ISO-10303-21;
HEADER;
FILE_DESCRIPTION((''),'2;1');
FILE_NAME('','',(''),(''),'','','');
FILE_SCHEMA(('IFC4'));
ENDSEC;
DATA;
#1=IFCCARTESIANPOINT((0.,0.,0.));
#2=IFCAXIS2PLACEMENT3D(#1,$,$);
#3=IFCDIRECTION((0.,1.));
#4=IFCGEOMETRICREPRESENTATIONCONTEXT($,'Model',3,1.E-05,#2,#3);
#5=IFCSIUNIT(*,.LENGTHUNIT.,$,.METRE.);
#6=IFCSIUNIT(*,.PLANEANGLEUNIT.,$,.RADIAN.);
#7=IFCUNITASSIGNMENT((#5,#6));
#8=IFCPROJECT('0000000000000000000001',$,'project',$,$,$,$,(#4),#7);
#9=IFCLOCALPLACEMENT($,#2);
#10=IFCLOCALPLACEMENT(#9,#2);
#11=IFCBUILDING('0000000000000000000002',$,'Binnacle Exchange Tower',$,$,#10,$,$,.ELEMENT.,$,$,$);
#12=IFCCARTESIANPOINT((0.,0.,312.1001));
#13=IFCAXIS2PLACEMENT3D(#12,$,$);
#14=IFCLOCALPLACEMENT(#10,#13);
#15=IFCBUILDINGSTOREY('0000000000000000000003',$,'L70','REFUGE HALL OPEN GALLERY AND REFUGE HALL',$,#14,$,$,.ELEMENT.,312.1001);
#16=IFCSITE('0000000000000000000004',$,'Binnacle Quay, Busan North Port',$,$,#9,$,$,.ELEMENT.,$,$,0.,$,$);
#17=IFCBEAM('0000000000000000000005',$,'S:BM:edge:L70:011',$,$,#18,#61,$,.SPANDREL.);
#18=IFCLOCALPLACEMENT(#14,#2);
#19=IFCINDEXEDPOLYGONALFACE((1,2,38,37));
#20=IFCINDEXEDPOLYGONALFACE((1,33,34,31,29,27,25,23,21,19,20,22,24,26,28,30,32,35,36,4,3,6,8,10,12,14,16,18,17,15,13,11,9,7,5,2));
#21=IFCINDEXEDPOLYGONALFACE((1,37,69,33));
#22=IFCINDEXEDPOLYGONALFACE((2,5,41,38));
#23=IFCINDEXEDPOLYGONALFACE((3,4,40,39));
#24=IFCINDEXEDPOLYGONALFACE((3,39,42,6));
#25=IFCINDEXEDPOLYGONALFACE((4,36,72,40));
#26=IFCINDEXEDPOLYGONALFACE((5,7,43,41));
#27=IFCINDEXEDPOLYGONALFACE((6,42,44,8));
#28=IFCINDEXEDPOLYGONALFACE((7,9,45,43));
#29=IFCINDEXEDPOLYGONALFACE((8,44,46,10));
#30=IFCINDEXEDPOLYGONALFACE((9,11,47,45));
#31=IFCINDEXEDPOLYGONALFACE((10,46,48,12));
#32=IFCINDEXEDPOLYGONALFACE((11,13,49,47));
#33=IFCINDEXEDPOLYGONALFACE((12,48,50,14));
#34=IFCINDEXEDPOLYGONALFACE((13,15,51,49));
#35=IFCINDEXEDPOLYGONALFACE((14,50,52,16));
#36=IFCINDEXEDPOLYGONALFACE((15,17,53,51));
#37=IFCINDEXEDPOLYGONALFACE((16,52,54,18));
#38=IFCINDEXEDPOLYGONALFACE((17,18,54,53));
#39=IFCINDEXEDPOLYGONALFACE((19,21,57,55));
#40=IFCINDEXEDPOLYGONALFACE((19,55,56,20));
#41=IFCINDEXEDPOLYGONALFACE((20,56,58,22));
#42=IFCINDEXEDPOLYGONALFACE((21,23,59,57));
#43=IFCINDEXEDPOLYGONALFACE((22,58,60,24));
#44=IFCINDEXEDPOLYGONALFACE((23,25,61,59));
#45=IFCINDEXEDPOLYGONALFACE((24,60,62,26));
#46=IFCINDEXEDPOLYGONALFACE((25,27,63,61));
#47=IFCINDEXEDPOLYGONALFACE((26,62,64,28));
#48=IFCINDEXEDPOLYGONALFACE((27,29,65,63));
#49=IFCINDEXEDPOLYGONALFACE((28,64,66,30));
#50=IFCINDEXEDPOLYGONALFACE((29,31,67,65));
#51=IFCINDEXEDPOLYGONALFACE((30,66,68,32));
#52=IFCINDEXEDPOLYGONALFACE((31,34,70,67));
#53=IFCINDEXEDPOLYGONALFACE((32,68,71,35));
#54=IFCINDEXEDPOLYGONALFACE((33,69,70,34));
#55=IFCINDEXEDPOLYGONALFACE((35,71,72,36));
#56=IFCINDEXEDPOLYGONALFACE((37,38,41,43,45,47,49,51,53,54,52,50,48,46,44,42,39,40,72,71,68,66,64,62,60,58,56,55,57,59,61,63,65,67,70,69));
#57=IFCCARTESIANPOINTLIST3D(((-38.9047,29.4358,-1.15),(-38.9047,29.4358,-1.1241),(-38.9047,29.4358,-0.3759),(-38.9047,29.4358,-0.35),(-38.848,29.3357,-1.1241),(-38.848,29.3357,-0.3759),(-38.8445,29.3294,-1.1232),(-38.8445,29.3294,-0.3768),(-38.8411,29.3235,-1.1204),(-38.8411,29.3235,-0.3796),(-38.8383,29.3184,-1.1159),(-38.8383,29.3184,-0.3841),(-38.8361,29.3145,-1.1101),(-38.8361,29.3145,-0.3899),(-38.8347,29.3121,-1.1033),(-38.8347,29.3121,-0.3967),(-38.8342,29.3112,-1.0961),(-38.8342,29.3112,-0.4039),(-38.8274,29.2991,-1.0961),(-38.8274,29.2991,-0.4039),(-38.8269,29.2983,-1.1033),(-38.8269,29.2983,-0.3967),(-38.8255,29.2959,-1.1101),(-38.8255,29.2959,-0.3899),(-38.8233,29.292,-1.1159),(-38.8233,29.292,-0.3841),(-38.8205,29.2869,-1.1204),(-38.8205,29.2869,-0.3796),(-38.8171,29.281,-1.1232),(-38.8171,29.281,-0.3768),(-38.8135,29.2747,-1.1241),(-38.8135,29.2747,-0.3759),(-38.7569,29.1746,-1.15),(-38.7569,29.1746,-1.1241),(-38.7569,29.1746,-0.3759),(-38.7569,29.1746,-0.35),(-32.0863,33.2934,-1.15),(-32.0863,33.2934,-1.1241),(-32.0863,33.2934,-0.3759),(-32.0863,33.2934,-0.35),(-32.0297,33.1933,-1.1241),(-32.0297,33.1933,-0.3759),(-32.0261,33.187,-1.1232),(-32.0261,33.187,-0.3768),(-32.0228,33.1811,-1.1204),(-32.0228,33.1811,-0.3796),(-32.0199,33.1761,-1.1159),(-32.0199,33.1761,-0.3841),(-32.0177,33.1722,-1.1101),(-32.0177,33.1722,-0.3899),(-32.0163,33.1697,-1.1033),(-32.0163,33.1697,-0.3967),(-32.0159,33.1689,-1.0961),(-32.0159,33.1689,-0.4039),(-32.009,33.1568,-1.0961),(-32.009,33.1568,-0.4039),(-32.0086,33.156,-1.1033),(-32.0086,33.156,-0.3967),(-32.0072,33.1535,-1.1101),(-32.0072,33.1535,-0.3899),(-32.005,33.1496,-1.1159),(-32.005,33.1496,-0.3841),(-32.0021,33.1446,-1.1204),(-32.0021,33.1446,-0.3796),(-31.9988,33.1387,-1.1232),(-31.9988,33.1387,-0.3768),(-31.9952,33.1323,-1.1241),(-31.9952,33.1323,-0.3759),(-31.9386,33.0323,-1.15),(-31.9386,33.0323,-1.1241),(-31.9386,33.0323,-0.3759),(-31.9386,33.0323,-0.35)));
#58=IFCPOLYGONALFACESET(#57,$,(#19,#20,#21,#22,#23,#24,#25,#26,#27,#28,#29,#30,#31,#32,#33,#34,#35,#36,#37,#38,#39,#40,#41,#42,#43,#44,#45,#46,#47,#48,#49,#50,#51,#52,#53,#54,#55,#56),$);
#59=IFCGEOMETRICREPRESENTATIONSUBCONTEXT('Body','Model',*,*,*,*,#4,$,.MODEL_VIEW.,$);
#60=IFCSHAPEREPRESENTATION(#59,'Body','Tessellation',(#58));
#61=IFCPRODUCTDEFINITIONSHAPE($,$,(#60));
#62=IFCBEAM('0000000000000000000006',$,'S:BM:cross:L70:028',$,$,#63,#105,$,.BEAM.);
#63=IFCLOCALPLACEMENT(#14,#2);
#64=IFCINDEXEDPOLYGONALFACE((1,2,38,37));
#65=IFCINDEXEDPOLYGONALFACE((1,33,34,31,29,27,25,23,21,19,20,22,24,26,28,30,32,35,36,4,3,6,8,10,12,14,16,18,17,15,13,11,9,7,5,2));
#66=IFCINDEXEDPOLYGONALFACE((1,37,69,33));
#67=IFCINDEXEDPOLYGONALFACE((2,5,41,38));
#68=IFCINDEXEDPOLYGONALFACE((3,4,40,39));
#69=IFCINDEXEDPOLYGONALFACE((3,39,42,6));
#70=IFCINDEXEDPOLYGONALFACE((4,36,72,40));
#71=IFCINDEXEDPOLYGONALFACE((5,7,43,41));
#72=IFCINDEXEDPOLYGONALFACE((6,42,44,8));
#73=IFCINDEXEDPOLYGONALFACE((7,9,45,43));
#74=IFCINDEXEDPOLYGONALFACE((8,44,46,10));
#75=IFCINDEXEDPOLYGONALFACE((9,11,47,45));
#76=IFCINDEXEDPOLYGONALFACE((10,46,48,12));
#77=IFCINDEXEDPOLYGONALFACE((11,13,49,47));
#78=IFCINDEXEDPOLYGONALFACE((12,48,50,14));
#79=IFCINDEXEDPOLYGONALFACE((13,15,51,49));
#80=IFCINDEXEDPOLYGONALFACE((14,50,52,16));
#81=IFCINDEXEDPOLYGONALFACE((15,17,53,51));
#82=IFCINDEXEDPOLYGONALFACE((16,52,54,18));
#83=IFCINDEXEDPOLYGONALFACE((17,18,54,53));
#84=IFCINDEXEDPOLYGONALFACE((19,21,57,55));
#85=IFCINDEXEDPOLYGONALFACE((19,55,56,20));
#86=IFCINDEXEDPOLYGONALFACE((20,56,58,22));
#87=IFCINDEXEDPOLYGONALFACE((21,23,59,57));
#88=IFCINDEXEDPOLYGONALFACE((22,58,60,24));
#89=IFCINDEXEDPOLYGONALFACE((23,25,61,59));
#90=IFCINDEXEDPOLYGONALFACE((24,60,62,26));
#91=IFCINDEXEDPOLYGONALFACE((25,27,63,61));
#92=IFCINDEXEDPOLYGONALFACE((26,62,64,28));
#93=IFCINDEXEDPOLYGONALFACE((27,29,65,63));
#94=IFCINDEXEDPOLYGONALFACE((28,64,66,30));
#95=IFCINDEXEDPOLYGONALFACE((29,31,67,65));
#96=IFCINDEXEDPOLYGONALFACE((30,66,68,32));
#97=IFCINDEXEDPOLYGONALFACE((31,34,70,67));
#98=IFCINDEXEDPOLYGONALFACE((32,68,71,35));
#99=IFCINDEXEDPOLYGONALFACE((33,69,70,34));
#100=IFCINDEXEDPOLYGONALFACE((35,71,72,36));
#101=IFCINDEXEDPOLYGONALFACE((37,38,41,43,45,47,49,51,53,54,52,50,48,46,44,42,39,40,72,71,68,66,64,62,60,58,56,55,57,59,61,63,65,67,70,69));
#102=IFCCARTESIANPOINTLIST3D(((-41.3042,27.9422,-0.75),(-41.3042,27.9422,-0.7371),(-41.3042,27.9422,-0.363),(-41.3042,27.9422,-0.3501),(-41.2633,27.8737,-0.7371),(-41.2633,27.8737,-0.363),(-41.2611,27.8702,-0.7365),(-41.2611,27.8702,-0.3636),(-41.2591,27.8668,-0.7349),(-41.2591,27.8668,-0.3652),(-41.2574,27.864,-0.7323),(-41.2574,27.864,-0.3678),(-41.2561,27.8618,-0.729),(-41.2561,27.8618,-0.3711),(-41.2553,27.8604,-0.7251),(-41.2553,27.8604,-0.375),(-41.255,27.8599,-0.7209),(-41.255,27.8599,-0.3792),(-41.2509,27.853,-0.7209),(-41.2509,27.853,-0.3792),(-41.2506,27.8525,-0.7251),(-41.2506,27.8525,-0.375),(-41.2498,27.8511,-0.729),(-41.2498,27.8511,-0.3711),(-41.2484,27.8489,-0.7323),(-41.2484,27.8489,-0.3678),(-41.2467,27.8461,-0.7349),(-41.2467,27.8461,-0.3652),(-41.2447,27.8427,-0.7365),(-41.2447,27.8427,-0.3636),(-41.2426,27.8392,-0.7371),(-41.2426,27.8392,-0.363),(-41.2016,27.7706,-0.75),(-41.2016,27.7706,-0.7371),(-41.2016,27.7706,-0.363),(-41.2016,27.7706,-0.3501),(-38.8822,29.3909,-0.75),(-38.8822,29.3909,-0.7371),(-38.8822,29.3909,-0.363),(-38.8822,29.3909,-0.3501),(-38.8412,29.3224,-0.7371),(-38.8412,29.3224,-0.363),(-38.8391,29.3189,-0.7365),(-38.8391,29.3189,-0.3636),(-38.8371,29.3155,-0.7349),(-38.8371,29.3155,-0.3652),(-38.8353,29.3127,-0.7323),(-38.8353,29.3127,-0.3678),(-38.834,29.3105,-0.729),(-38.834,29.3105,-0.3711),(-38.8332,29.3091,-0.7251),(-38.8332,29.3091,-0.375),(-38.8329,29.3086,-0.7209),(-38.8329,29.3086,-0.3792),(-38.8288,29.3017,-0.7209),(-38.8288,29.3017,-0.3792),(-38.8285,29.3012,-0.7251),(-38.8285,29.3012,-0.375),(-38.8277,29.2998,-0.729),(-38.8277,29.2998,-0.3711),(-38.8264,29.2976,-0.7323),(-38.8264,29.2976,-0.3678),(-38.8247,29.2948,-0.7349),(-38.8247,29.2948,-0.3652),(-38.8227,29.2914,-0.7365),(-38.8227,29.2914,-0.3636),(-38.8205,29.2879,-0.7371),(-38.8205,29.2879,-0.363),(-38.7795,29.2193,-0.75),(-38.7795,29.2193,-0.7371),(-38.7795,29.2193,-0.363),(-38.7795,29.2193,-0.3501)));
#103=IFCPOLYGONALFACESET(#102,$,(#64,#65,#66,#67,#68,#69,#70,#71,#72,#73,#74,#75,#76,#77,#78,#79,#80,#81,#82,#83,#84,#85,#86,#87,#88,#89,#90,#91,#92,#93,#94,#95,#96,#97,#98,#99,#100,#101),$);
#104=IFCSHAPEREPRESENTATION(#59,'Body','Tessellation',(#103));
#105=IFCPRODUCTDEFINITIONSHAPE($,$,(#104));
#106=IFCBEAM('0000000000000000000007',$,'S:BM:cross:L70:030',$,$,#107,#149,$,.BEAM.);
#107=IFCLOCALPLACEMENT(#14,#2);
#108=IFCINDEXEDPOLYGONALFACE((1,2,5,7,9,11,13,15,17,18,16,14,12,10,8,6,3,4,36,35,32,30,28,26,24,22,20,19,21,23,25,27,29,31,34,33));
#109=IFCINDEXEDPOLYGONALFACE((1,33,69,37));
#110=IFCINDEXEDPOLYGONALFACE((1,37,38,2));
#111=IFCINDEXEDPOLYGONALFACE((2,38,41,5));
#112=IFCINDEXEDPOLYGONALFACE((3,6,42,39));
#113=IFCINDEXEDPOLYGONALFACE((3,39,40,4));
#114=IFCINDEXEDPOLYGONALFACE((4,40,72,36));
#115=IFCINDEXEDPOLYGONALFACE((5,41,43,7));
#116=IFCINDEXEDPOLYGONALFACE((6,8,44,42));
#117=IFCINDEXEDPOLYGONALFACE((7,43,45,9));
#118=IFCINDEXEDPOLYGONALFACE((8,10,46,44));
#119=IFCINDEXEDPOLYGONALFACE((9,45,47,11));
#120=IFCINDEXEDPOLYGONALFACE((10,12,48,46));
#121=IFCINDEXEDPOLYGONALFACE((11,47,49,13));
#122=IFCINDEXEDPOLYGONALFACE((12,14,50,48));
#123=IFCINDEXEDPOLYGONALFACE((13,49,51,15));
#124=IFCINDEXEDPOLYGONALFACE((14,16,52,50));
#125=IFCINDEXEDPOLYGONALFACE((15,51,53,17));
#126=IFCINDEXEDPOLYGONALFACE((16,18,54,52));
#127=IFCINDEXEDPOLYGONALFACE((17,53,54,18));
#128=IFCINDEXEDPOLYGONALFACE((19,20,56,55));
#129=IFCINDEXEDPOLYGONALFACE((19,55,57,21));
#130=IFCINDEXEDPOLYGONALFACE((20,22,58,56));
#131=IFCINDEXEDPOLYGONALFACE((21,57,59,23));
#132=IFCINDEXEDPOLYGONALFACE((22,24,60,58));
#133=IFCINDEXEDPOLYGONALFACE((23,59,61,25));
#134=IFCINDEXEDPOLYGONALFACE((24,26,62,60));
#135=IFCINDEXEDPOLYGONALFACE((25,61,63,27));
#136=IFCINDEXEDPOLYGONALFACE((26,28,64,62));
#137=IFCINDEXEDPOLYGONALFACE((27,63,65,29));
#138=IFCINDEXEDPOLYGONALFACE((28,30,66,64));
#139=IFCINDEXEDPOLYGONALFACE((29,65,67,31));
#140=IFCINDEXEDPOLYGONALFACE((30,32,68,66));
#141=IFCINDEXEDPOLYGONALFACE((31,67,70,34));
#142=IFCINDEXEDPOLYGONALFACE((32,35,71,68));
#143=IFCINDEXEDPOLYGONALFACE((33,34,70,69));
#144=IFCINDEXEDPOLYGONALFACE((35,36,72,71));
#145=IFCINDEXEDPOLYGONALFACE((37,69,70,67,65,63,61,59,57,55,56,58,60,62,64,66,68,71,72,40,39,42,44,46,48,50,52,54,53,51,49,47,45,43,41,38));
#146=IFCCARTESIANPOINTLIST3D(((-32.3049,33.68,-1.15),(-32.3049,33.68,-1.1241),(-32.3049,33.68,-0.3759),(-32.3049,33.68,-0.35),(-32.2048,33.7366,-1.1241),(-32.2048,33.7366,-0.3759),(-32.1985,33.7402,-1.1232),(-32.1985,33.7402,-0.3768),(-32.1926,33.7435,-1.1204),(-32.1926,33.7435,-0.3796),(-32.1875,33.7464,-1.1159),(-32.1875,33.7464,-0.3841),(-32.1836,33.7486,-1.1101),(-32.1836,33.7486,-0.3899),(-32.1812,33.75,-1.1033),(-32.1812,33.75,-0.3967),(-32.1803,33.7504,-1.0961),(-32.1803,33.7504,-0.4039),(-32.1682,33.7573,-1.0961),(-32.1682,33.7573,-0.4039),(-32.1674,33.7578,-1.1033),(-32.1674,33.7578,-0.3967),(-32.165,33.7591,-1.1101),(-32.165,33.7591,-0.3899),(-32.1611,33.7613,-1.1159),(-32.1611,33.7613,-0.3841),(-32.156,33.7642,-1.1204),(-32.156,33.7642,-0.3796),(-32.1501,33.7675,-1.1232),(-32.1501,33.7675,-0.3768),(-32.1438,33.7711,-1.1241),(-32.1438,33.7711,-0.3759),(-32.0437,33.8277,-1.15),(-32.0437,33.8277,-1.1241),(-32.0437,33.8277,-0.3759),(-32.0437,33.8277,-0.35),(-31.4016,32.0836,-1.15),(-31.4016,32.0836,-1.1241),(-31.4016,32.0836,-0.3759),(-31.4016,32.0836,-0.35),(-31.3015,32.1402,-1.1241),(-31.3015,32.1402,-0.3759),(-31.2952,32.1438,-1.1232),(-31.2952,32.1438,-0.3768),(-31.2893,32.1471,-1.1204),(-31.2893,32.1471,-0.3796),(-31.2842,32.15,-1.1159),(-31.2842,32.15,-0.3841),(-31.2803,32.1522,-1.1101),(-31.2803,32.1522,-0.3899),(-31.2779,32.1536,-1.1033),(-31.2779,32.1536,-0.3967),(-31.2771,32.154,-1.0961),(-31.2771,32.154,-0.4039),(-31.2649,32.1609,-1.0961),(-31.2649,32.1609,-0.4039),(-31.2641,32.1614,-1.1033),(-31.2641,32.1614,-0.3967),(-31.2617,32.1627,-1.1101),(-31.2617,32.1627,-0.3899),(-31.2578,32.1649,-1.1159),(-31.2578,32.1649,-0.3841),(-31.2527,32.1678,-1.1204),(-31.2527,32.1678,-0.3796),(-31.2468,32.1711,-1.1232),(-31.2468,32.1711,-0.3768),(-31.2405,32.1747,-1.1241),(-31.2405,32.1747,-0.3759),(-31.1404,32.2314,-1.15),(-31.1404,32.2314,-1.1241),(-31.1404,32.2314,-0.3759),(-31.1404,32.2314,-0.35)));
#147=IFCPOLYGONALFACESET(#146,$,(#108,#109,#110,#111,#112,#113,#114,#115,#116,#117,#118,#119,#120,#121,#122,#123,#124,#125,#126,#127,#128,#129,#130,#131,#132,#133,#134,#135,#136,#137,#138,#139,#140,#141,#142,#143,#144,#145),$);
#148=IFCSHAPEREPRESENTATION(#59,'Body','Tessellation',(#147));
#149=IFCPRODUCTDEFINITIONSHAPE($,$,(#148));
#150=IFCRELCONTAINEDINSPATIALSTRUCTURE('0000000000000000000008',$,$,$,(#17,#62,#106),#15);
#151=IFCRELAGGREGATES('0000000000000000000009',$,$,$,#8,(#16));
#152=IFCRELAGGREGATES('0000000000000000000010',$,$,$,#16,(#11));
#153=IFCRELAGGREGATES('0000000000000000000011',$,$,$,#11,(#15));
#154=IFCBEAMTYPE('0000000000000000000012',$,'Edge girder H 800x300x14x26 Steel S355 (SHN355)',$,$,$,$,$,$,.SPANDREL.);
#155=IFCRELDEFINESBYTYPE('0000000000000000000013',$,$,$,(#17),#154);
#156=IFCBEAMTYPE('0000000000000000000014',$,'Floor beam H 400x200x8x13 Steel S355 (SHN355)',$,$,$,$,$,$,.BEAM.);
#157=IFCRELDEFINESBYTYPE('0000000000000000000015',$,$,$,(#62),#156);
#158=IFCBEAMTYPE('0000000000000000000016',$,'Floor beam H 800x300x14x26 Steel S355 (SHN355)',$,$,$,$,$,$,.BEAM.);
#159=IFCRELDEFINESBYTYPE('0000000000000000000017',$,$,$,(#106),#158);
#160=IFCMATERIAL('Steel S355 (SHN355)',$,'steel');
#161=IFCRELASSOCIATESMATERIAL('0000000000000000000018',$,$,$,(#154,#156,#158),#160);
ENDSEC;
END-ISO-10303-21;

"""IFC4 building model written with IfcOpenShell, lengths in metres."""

from ifc_helpers import new_model, si_unit, direction, frame, origin, origin_2d, place, context, subcontext, project, spatial, i_section, extrude, material, material_profile, profile_set, type_object, element, save


model = new_model("IFC4")

# Units and contexts
model_context = context("Model", 3, precision=1e-05, world=origin(), true_north=direction((0.0, 1.0)))
body_context = subcontext(model_context, "Body", "Model", "MODEL_VIEW")
ifc_project = project(units=[si_unit("LENGTHUNIT", "METRE"), si_unit("PLANEANGLEUNIT", "RADIAN")], contexts=[model_context])

# Site, building, storey
site_placement = place(None, origin())
site = spatial("IfcSite", under=ifc_project, at=site_placement, Name="Binnacle Quay, Busan North Port", CompositionType="ELEMENT", RefElevation=0.0)
building_placement = place(site_placement, origin())
building = spatial("IfcBuilding", under=site, at=building_placement, Name="Binnacle Exchange Tower", CompositionType="ELEMENT")
storey_placement = place(building_placement, frame((0.0, 0.0, 312.1001)))
storey = spatial("IfcBuildingStorey", under=building, at=storey_placement, Name="L70", Description="REFUGE HALL OPEN GALLERY AND REFUGE HALL", CompositionType="ELEMENT", Elevation=312.1001)

# Shared definitions
ifc_material_1 = material(Name="Steel S355 (SHN355)", Category="steel")

# Beams
ifc_material_profile_1 = material_profile(ifc_material_1, i_section(OverallWidth=0.3, OverallDepth=0.8, WebThickness=0.0139, FlangeThickness=0.0259, FilletRadius=0.0281, at=origin_2d()), Name="H 800x300x14x26")
ifc_profile_set_1 = profile_set([ifc_material_profile_1], Name="Steel S355 (SHN355)")
beam_type_1 = type_object("IfcBeamType", Name="Edge girder H 800x300x14x26 Steel S355 (SHN355)", PredefinedType="SPANDREL", material=ifc_profile_set_1)
beam_1_placement = place(storey_placement, frame((-32.0125, 33.1628, -0.75), z_axis=(-0.870354, -0.492426, 0.0), x_axis=(0.492426, -0.870354, 0.0)))
element("IfcBeam", 1, at=beam_1_placement, inside=storey, type_object=beam_type_1, Name="S:BM:edge:L70:011", PredefinedType="SPANDREL", context=body_context, shape_type="SweptSolid", body=[
    extrude(i_section(OverallWidth=0.3, OverallDepth=0.8, WebThickness=0.0139, FlangeThickness=0.0259, FilletRadius=0.0281, at=origin_2d()), origin(), (0.0, 0.0, 1.0), 7.834),
])
ifc_material_profile_2 = material_profile(ifc_material_1, i_section(OverallWidth=0.2, OverallDepth=0.3999, WebThickness=0.0081, FlangeThickness=0.0129, FilletRadius=0.0161, at=origin_2d()), Name="H 400x200x8x13")
ifc_profile_set_2 = profile_set([ifc_material_profile_2], Name="Steel S355 (SHN355)")
beam_type_2 = type_object("IfcBeamType", Name="Floor beam H 400x200x8x13 Steel S355 (SHN355)", PredefinedType="BEAM", material=ifc_profile_set_2)
beam_2_placement = place(storey_placement, frame((-41.2529, 27.8564, -0.55), z_axis=(0.858202, 0.513312, 0.0), x_axis=(-0.513312, 0.858202, 0.0)))
element("IfcBeam", 2, at=beam_2_placement, inside=storey, type_object=beam_type_2, Name="S:BM:cross:L70:028", PredefinedType="BEAM", context=body_context, shape_type="SweptSolid", body=[
    extrude(i_section(OverallWidth=0.2, OverallDepth=0.3999, WebThickness=0.0081, FlangeThickness=0.0129, FilletRadius=0.0161, at=origin_2d()), origin(), (0.0, 0.0, 1.0), 2.8223),
])
ifc_material_profile_3 = material_profile(ifc_material_1, i_section(OverallWidth=0.3, OverallDepth=0.8, WebThickness=0.0139, FlangeThickness=0.0259, FilletRadius=0.0281, at=origin_2d()), Name="H 800x300x14x26")
ifc_profile_set_3 = profile_set([ifc_material_profile_3], Name="Steel S355 (SHN355)")
beam_type_3 = type_object("IfcBeamType", Name="Floor beam H 800x300x14x26 Steel S355 (SHN355)", PredefinedType="BEAM", material=ifc_profile_set_3)
beam_3_placement = place(storey_placement, frame((-31.271, 32.1575, -0.75), z_axis=(-0.492465, 0.870332, 0.0), x_axis=(-0.870332, -0.492465, 0.0)))
element("IfcBeam", 3, at=beam_3_placement, inside=storey, type_object=beam_type_3, Name="S:BM:cross:L70:030", PredefinedType="BEAM", context=body_context, shape_type="SweptSolid", body=[
    extrude(i_section(OverallWidth=0.3, OverallDepth=0.8, WebThickness=0.0139, FlangeThickness=0.0259, FilletRadius=0.0281, at=origin_2d()), origin(), (0.0, 0.0, 1.0), 1.8342),
])

save(model, "model.ifc")
